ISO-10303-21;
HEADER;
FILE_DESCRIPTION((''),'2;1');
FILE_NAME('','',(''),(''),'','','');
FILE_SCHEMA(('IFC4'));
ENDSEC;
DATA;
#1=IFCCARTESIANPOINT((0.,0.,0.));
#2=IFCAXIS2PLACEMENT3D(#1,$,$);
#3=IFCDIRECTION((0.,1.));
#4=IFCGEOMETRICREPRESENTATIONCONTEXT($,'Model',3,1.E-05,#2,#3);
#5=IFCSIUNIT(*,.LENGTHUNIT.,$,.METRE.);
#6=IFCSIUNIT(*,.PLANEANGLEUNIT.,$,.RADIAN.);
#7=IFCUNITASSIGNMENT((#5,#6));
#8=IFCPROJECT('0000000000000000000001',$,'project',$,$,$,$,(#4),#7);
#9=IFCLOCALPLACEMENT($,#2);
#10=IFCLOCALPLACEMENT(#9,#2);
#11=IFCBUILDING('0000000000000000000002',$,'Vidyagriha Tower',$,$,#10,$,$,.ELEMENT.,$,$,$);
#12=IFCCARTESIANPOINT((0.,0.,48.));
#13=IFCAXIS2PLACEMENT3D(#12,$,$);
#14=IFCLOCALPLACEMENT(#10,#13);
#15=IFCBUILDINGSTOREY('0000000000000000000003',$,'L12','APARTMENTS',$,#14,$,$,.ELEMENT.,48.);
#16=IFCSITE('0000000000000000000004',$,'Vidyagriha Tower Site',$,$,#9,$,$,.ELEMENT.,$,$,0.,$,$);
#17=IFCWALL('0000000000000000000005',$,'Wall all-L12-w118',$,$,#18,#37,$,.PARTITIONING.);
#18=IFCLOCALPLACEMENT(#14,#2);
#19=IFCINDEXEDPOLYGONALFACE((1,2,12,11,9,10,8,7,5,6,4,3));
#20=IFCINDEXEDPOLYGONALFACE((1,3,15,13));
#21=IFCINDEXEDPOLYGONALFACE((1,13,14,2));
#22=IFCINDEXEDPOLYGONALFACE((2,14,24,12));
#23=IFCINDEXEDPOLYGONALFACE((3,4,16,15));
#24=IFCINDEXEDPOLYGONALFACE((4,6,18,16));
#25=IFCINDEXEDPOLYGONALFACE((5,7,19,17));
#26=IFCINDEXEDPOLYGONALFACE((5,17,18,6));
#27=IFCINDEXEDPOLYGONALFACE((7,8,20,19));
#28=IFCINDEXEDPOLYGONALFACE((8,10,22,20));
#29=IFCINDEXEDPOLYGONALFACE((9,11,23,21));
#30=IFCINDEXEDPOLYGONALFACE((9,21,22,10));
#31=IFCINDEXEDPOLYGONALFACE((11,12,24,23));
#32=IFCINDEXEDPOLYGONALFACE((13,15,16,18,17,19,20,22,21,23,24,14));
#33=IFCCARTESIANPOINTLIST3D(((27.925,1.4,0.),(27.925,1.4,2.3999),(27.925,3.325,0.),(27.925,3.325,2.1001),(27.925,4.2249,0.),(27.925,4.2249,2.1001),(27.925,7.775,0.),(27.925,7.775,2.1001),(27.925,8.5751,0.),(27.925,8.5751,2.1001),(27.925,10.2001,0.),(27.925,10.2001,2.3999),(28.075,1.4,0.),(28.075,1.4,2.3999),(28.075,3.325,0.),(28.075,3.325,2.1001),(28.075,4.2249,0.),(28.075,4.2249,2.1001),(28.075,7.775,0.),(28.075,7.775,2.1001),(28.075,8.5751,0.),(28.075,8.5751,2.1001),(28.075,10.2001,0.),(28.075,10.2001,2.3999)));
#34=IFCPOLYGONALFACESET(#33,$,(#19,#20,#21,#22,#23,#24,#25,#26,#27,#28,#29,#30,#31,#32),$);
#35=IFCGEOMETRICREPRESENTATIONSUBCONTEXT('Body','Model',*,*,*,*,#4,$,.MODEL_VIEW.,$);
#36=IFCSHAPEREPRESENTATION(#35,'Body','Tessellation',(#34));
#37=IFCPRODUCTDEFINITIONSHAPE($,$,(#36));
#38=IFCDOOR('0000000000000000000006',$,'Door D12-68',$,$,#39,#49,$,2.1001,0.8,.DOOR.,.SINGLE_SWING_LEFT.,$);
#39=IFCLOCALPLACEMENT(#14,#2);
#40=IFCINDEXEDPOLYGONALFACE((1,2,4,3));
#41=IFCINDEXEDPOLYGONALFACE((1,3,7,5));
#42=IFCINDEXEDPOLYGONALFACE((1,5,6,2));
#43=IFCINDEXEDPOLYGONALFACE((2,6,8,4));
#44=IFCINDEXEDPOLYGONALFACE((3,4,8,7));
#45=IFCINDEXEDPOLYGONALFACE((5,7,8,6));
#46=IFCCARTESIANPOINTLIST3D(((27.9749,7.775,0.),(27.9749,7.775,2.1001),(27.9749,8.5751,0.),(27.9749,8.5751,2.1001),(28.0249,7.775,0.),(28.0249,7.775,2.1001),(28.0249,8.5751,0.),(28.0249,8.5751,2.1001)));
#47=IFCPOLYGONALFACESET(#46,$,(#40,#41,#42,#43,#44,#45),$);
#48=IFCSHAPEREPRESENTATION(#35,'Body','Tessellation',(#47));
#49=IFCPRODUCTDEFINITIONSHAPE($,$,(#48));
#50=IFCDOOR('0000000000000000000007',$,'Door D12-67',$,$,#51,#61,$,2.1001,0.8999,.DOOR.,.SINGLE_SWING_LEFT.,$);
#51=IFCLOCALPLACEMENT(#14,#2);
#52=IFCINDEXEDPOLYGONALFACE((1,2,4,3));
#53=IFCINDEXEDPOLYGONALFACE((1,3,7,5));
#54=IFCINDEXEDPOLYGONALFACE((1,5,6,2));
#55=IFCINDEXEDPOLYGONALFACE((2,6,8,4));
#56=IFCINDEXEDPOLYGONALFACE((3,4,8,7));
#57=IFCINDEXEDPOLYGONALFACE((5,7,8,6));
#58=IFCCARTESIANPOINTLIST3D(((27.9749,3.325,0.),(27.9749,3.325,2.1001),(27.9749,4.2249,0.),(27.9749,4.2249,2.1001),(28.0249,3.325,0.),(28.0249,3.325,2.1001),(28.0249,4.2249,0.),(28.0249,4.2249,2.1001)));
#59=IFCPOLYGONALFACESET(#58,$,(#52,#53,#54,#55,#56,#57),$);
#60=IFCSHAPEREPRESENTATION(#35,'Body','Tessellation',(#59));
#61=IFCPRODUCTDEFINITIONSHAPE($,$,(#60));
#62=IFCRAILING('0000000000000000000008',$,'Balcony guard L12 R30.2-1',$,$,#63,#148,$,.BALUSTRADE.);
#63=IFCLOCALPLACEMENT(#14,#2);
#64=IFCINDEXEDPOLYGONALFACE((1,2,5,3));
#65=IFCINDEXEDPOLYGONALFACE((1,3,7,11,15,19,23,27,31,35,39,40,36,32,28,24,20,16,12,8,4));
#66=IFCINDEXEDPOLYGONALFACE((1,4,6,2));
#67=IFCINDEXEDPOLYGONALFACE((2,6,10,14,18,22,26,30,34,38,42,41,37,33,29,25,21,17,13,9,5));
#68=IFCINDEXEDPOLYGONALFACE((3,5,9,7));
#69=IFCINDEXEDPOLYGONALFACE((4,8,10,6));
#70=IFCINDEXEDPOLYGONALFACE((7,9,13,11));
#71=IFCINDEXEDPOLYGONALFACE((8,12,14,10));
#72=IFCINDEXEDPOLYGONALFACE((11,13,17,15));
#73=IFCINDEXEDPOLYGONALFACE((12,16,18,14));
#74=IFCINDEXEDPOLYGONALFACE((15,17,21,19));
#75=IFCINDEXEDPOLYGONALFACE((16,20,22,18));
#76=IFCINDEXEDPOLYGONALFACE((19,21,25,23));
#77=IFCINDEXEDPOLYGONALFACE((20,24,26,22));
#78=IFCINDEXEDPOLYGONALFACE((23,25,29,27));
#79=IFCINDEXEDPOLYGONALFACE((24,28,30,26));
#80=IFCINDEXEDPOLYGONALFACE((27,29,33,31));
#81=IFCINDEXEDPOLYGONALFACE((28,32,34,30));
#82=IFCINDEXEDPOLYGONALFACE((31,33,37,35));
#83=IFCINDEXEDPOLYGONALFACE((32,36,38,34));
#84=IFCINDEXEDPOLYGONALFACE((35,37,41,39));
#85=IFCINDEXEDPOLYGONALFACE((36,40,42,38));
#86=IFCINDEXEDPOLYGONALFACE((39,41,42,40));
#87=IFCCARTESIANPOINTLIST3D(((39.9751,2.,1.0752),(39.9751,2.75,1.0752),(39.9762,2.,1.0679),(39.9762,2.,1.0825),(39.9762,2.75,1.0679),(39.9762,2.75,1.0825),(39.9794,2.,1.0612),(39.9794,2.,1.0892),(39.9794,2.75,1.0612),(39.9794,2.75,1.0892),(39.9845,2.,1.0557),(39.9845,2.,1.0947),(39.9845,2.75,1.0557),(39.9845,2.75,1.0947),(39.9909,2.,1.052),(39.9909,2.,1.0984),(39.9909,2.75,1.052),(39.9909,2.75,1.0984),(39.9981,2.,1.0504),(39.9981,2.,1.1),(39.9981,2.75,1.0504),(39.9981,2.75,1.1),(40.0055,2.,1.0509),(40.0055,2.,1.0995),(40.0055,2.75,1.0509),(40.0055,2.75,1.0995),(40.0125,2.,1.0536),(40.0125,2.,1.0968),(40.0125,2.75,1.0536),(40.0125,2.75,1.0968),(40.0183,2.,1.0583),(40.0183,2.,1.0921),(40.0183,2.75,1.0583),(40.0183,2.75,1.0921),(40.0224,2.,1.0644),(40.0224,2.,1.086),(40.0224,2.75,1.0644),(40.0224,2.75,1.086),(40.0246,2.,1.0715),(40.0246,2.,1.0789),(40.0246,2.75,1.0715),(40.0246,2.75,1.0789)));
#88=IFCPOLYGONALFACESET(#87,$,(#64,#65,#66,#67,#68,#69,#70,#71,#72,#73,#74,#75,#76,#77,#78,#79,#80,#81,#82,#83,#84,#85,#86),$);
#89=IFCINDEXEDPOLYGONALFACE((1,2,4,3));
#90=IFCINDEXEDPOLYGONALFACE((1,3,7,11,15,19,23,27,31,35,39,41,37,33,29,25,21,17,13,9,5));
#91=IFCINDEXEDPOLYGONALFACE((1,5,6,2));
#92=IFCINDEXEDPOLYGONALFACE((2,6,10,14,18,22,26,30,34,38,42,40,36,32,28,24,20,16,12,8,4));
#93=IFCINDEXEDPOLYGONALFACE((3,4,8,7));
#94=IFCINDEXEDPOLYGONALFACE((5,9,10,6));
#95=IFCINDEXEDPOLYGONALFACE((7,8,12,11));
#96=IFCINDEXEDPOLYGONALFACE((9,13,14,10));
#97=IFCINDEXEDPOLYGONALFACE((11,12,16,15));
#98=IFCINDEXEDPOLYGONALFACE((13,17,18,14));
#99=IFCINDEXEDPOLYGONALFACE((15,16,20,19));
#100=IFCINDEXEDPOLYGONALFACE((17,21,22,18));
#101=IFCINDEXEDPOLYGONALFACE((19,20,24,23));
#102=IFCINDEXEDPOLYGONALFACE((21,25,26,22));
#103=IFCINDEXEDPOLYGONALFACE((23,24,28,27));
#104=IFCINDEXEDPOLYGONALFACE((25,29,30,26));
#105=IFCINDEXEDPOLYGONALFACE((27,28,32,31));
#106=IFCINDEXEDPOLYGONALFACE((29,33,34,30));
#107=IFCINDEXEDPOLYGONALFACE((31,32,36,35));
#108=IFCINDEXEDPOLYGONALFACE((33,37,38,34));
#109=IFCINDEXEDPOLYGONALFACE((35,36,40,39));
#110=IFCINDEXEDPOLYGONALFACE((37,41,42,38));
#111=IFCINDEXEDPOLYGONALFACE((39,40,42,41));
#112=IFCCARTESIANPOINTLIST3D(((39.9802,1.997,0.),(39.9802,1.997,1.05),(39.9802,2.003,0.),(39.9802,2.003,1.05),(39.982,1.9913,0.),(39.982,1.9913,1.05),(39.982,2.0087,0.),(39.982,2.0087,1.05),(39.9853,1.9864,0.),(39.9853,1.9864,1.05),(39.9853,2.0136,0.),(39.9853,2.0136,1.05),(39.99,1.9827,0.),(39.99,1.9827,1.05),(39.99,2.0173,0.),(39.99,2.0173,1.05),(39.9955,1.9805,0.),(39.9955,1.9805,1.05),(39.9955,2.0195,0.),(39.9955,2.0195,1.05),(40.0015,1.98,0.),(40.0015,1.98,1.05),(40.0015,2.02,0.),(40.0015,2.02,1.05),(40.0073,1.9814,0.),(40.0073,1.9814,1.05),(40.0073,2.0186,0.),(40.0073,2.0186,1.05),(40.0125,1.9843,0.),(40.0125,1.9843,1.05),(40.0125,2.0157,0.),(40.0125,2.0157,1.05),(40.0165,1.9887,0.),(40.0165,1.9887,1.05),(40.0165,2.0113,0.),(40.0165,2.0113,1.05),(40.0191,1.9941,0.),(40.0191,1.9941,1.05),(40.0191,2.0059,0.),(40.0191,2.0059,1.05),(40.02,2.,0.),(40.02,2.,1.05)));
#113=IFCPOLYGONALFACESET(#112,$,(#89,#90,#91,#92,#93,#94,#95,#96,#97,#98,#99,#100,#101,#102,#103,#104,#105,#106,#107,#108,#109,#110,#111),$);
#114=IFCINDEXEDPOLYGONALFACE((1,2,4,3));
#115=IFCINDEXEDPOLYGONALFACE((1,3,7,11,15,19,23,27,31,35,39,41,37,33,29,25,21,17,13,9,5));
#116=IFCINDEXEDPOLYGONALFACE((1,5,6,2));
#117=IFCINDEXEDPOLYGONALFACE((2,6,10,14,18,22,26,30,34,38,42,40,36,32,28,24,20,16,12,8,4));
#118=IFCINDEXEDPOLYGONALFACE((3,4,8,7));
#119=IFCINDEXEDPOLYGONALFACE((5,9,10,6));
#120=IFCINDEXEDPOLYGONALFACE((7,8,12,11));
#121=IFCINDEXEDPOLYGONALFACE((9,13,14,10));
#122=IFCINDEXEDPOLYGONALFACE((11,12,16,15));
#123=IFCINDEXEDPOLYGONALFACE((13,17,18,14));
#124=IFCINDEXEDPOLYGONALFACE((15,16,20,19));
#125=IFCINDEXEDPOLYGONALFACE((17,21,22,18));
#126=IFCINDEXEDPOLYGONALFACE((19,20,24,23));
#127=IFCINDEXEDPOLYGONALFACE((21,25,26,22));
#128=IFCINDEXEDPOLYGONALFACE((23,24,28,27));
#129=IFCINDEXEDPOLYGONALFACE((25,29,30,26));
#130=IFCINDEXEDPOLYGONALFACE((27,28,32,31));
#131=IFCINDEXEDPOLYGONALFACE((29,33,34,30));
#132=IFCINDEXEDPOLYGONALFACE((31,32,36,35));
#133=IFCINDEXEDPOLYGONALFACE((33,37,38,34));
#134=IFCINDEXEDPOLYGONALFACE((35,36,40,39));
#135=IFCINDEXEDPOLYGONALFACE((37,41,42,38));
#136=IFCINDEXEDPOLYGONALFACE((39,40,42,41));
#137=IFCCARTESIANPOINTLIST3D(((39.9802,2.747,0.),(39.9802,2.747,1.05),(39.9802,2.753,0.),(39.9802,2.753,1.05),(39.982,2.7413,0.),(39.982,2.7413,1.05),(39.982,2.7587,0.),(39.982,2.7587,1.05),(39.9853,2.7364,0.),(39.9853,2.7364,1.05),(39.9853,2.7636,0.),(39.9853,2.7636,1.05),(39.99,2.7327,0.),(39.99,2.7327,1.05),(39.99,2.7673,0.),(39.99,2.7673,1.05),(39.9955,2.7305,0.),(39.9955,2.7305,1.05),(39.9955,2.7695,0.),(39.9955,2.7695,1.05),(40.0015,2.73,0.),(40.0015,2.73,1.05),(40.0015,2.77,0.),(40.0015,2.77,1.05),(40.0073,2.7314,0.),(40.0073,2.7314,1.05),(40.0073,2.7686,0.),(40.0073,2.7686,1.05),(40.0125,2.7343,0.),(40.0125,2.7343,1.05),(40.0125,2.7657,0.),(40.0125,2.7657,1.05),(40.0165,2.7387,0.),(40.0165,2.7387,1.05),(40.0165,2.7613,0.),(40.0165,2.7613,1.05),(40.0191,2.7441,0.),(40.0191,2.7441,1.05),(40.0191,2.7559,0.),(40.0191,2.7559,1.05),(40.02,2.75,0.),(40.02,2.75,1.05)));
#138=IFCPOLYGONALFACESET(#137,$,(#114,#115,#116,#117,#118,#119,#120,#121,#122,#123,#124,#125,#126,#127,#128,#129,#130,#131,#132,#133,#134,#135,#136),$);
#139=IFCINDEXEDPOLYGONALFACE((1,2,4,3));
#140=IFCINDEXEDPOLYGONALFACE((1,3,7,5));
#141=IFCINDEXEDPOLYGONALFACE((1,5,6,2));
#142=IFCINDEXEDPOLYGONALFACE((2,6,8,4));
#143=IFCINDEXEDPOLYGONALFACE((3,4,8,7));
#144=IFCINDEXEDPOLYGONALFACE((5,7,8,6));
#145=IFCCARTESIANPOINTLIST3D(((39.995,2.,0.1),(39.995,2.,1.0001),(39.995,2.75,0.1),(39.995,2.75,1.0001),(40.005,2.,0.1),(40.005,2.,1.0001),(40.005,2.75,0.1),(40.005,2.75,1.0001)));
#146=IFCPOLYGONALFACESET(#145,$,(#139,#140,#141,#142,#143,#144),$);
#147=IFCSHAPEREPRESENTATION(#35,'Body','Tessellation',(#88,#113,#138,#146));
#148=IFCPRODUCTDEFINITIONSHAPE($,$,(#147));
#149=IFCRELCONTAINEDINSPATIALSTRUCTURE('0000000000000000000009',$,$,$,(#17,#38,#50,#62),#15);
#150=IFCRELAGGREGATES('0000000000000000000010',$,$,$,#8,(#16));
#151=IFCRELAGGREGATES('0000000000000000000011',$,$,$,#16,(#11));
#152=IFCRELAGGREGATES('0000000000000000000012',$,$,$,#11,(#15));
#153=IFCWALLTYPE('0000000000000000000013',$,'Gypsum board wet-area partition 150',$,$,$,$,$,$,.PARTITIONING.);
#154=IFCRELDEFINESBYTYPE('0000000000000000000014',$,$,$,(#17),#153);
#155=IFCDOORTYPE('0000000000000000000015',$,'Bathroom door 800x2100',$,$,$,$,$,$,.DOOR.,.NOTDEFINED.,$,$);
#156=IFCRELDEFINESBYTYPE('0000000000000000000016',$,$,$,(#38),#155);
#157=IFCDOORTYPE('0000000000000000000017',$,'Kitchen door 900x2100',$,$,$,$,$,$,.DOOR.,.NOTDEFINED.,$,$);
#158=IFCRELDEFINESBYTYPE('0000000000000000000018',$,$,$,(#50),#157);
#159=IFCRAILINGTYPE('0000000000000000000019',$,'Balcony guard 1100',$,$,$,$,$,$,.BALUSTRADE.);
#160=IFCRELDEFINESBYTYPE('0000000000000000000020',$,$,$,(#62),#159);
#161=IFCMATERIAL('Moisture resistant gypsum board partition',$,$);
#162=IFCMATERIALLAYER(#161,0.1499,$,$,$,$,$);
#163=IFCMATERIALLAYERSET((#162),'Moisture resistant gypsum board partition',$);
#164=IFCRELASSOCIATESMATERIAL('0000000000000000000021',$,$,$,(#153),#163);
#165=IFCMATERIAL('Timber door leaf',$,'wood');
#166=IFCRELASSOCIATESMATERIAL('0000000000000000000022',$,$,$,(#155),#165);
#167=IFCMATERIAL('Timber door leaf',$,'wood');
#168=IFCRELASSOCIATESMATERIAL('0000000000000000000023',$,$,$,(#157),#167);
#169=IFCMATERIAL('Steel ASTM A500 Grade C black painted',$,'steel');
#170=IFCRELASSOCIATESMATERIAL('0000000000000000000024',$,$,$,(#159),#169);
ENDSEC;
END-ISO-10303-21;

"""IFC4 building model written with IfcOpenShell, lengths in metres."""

from ifc_helpers import new_model, si_unit, direction, frame, frame_2d, origin, origin_2d, place, context, subcontext, project, spatial, rectangle, circle, extrude, material, layer, layer_set, type_object, element, fill, save


model = new_model("IFC4")

# Units and contexts
model_context = context("Model", 3, precision=1e-05, world=origin(), true_north=direction((0.0, 1.0)))
body_context = subcontext(model_context, "Body", "Model", "MODEL_VIEW")
ifc_project = project(units=[si_unit("LENGTHUNIT", "METRE"), si_unit("PLANEANGLEUNIT", "RADIAN")], contexts=[model_context])

# Site, building, storey
site_placement = place(None, origin())
site = spatial("IfcSite", under=ifc_project, at=site_placement, Name="Vidyagriha Tower Site", CompositionType="ELEMENT", RefElevation=0.0)
building_placement = place(site_placement, origin())
building = spatial("IfcBuilding", under=site, at=building_placement, Name="Vidyagriha Tower", CompositionType="ELEMENT")
storey_placement = place(building_placement, frame((0.0, 0.0, 48.0)))
storey = spatial("IfcBuildingStorey", under=building, at=storey_placement, Name="L12", Description="APARTMENTS", CompositionType="ELEMENT", Elevation=48.0)

# Wall, openings, doors
ifc_material_1 = material(Name="Moisture resistant gypsum board partition")
ifc_layer_1 = layer(ifc_material_1, 0.1499)
ifc_layer_set_1 = layer_set([ifc_layer_1], Name="Moisture resistant gypsum board partition")
wall_type_1 = type_object("IfcWallType", Name="Gypsum board wet-area partition 150", PredefinedType="PARTITIONING", material=ifc_layer_set_1)
wall_1_placement = place(storey_placement, frame((28.0, 10.2, 0.0), z_axis=(0.0, 0.0, 1.0), x_axis=(0.0, -1.0, 0.0)))
wall_1 = element("IfcWall", 1, at=wall_1_placement, inside=storey, type_object=wall_type_1, Name="Wall all-L12-w118", PredefinedType="PARTITIONING", context=body_context, shape_type="SweptSolid", body=[
    extrude(rectangle(XDim=8.8, YDim=0.1499, at=frame_2d((4.3999, 0.0))), origin(), (0.0, 0.0, 1.0), 2.3999),
])
opening_1_placement = place(wall_1_placement, frame((5.9751, 0.0, 0.0)))
opening_1 = element("IfcOpeningElement", 2, at=opening_1_placement, cuts=wall_1, PredefinedType="OPENING", context=body_context, shape_type="SweptSolid", body=[
    extrude(rectangle(XDim=0.8999, YDim=2.1001, at=frame_2d((0.45, 1.05))), frame((0.0, 0.085, 0.0), z_axis=(0.0, -1.0, 0.0), x_axis=(1.0, 0.0, 0.0)), (0.0, 0.0, 1.0), 0.1699),
])
opening_2_placement = place(wall_1_placement, frame((1.625, 0.0, 0.0)))
opening_2 = element("IfcOpeningElement", 3, at=opening_2_placement, cuts=wall_1, PredefinedType="OPENING", context=body_context, shape_type="SweptSolid", body=[
    extrude(rectangle(XDim=0.8, YDim=2.1001, at=frame_2d((0.3999, 1.05))), frame((0.0, 0.085, 0.0), z_axis=(0.0, -1.0, 0.0), x_axis=(1.0, 0.0, 0.0)), (0.0, 0.0, 1.0), 0.1699),
])
ifc_material_2 = material(Name="Timber door leaf", Category="wood")
door_type_1 = type_object("IfcDoorType", Name="Bathroom door 800x2100", OperationType="NOTDEFINED", PredefinedType="DOOR", material=ifc_material_2)
door_1_placement = place(opening_2_placement, origin())
door_1 = element("IfcDoor", 4, at=door_1_placement, inside=storey, type_object=door_type_1, Name="Door D12-68", OperationType="SINGLE_SWING_LEFT", OverallHeight=2.1001, OverallWidth=0.8, PredefinedType="DOOR", context=body_context, shape_type="SweptSolid", body=[
    extrude(rectangle(XDim=0.8, YDim=2.1001, at=frame_2d((0.3999, 1.05))), frame((0.0, 0.0249, 0.0), z_axis=(0.0, -1.0, 0.0), x_axis=(1.0, 0.0, 0.0)), (0.0, 0.0, 1.0), 0.05),
])
fill(opening_2, door_1)
ifc_material_3 = material(Name="Timber door leaf", Category="wood")
door_type_2 = type_object("IfcDoorType", Name="Kitchen door 900x2100", OperationType="NOTDEFINED", PredefinedType="DOOR", material=ifc_material_3)
door_2_placement = place(opening_1_placement, origin())
door_2 = element("IfcDoor", 5, at=door_2_placement, inside=storey, type_object=door_type_2, Name="Door D12-67", OperationType="SINGLE_SWING_LEFT", OverallHeight=2.1001, OverallWidth=0.8999, PredefinedType="DOOR", context=body_context, shape_type="SweptSolid", body=[
    extrude(rectangle(XDim=0.8999, YDim=2.1001, at=frame_2d((0.45, 1.05))), frame((0.0, 0.0249, 0.0), z_axis=(0.0, -1.0, 0.0), x_axis=(1.0, 0.0, 0.0)), (0.0, 0.0, 1.0), 0.05),
])
fill(opening_1, door_2)

# Railing
ifc_material_4 = material(Name="Steel ASTM A500 Grade C black painted", Category="steel")
railing_type_1 = type_object("IfcRailingType", Name="Balcony guard 1100", PredefinedType="BALUSTRADE", material=ifc_material_4)
railing_1_placement = place(storey_placement, frame((40.0, 2.0, 0.0)))
element("IfcRailing", 6, at=railing_1_placement, inside=storey, type_object=railing_type_1, Name="Balcony guard L12 R30.2-1", PredefinedType="BALUSTRADE", context=body_context, shape_type="SweptSolid", body=[
    extrude(circle(Radius=0.0249, at=origin_2d()), frame((0.0, 0.0, 1.0752), z_axis=(0.0, 1.0, 0.0), x_axis=(-1.0, 0.0, 0.0)), (0.0, 0.0, 1.0), 0.75),
    extrude(circle(Radius=0.02, at=origin_2d()), origin(), (0.0, 0.0, 1.0), 1.05),
    extrude(circle(Radius=0.02, at=origin_2d()), frame((0.0, 0.75, 0.0)), (0.0, 0.0, 1.0), 1.05),
    extrude(rectangle(XDim=0.01, YDim=0.9001, at=origin_2d()), frame((0.0, 0.0, 0.55), z_axis=(0.0, 1.0, 0.0), x_axis=(-1.0, 0.0, 0.0)), (0.0, 0.0, 1.0), 0.75),
])

save(model, "model.ifc")
